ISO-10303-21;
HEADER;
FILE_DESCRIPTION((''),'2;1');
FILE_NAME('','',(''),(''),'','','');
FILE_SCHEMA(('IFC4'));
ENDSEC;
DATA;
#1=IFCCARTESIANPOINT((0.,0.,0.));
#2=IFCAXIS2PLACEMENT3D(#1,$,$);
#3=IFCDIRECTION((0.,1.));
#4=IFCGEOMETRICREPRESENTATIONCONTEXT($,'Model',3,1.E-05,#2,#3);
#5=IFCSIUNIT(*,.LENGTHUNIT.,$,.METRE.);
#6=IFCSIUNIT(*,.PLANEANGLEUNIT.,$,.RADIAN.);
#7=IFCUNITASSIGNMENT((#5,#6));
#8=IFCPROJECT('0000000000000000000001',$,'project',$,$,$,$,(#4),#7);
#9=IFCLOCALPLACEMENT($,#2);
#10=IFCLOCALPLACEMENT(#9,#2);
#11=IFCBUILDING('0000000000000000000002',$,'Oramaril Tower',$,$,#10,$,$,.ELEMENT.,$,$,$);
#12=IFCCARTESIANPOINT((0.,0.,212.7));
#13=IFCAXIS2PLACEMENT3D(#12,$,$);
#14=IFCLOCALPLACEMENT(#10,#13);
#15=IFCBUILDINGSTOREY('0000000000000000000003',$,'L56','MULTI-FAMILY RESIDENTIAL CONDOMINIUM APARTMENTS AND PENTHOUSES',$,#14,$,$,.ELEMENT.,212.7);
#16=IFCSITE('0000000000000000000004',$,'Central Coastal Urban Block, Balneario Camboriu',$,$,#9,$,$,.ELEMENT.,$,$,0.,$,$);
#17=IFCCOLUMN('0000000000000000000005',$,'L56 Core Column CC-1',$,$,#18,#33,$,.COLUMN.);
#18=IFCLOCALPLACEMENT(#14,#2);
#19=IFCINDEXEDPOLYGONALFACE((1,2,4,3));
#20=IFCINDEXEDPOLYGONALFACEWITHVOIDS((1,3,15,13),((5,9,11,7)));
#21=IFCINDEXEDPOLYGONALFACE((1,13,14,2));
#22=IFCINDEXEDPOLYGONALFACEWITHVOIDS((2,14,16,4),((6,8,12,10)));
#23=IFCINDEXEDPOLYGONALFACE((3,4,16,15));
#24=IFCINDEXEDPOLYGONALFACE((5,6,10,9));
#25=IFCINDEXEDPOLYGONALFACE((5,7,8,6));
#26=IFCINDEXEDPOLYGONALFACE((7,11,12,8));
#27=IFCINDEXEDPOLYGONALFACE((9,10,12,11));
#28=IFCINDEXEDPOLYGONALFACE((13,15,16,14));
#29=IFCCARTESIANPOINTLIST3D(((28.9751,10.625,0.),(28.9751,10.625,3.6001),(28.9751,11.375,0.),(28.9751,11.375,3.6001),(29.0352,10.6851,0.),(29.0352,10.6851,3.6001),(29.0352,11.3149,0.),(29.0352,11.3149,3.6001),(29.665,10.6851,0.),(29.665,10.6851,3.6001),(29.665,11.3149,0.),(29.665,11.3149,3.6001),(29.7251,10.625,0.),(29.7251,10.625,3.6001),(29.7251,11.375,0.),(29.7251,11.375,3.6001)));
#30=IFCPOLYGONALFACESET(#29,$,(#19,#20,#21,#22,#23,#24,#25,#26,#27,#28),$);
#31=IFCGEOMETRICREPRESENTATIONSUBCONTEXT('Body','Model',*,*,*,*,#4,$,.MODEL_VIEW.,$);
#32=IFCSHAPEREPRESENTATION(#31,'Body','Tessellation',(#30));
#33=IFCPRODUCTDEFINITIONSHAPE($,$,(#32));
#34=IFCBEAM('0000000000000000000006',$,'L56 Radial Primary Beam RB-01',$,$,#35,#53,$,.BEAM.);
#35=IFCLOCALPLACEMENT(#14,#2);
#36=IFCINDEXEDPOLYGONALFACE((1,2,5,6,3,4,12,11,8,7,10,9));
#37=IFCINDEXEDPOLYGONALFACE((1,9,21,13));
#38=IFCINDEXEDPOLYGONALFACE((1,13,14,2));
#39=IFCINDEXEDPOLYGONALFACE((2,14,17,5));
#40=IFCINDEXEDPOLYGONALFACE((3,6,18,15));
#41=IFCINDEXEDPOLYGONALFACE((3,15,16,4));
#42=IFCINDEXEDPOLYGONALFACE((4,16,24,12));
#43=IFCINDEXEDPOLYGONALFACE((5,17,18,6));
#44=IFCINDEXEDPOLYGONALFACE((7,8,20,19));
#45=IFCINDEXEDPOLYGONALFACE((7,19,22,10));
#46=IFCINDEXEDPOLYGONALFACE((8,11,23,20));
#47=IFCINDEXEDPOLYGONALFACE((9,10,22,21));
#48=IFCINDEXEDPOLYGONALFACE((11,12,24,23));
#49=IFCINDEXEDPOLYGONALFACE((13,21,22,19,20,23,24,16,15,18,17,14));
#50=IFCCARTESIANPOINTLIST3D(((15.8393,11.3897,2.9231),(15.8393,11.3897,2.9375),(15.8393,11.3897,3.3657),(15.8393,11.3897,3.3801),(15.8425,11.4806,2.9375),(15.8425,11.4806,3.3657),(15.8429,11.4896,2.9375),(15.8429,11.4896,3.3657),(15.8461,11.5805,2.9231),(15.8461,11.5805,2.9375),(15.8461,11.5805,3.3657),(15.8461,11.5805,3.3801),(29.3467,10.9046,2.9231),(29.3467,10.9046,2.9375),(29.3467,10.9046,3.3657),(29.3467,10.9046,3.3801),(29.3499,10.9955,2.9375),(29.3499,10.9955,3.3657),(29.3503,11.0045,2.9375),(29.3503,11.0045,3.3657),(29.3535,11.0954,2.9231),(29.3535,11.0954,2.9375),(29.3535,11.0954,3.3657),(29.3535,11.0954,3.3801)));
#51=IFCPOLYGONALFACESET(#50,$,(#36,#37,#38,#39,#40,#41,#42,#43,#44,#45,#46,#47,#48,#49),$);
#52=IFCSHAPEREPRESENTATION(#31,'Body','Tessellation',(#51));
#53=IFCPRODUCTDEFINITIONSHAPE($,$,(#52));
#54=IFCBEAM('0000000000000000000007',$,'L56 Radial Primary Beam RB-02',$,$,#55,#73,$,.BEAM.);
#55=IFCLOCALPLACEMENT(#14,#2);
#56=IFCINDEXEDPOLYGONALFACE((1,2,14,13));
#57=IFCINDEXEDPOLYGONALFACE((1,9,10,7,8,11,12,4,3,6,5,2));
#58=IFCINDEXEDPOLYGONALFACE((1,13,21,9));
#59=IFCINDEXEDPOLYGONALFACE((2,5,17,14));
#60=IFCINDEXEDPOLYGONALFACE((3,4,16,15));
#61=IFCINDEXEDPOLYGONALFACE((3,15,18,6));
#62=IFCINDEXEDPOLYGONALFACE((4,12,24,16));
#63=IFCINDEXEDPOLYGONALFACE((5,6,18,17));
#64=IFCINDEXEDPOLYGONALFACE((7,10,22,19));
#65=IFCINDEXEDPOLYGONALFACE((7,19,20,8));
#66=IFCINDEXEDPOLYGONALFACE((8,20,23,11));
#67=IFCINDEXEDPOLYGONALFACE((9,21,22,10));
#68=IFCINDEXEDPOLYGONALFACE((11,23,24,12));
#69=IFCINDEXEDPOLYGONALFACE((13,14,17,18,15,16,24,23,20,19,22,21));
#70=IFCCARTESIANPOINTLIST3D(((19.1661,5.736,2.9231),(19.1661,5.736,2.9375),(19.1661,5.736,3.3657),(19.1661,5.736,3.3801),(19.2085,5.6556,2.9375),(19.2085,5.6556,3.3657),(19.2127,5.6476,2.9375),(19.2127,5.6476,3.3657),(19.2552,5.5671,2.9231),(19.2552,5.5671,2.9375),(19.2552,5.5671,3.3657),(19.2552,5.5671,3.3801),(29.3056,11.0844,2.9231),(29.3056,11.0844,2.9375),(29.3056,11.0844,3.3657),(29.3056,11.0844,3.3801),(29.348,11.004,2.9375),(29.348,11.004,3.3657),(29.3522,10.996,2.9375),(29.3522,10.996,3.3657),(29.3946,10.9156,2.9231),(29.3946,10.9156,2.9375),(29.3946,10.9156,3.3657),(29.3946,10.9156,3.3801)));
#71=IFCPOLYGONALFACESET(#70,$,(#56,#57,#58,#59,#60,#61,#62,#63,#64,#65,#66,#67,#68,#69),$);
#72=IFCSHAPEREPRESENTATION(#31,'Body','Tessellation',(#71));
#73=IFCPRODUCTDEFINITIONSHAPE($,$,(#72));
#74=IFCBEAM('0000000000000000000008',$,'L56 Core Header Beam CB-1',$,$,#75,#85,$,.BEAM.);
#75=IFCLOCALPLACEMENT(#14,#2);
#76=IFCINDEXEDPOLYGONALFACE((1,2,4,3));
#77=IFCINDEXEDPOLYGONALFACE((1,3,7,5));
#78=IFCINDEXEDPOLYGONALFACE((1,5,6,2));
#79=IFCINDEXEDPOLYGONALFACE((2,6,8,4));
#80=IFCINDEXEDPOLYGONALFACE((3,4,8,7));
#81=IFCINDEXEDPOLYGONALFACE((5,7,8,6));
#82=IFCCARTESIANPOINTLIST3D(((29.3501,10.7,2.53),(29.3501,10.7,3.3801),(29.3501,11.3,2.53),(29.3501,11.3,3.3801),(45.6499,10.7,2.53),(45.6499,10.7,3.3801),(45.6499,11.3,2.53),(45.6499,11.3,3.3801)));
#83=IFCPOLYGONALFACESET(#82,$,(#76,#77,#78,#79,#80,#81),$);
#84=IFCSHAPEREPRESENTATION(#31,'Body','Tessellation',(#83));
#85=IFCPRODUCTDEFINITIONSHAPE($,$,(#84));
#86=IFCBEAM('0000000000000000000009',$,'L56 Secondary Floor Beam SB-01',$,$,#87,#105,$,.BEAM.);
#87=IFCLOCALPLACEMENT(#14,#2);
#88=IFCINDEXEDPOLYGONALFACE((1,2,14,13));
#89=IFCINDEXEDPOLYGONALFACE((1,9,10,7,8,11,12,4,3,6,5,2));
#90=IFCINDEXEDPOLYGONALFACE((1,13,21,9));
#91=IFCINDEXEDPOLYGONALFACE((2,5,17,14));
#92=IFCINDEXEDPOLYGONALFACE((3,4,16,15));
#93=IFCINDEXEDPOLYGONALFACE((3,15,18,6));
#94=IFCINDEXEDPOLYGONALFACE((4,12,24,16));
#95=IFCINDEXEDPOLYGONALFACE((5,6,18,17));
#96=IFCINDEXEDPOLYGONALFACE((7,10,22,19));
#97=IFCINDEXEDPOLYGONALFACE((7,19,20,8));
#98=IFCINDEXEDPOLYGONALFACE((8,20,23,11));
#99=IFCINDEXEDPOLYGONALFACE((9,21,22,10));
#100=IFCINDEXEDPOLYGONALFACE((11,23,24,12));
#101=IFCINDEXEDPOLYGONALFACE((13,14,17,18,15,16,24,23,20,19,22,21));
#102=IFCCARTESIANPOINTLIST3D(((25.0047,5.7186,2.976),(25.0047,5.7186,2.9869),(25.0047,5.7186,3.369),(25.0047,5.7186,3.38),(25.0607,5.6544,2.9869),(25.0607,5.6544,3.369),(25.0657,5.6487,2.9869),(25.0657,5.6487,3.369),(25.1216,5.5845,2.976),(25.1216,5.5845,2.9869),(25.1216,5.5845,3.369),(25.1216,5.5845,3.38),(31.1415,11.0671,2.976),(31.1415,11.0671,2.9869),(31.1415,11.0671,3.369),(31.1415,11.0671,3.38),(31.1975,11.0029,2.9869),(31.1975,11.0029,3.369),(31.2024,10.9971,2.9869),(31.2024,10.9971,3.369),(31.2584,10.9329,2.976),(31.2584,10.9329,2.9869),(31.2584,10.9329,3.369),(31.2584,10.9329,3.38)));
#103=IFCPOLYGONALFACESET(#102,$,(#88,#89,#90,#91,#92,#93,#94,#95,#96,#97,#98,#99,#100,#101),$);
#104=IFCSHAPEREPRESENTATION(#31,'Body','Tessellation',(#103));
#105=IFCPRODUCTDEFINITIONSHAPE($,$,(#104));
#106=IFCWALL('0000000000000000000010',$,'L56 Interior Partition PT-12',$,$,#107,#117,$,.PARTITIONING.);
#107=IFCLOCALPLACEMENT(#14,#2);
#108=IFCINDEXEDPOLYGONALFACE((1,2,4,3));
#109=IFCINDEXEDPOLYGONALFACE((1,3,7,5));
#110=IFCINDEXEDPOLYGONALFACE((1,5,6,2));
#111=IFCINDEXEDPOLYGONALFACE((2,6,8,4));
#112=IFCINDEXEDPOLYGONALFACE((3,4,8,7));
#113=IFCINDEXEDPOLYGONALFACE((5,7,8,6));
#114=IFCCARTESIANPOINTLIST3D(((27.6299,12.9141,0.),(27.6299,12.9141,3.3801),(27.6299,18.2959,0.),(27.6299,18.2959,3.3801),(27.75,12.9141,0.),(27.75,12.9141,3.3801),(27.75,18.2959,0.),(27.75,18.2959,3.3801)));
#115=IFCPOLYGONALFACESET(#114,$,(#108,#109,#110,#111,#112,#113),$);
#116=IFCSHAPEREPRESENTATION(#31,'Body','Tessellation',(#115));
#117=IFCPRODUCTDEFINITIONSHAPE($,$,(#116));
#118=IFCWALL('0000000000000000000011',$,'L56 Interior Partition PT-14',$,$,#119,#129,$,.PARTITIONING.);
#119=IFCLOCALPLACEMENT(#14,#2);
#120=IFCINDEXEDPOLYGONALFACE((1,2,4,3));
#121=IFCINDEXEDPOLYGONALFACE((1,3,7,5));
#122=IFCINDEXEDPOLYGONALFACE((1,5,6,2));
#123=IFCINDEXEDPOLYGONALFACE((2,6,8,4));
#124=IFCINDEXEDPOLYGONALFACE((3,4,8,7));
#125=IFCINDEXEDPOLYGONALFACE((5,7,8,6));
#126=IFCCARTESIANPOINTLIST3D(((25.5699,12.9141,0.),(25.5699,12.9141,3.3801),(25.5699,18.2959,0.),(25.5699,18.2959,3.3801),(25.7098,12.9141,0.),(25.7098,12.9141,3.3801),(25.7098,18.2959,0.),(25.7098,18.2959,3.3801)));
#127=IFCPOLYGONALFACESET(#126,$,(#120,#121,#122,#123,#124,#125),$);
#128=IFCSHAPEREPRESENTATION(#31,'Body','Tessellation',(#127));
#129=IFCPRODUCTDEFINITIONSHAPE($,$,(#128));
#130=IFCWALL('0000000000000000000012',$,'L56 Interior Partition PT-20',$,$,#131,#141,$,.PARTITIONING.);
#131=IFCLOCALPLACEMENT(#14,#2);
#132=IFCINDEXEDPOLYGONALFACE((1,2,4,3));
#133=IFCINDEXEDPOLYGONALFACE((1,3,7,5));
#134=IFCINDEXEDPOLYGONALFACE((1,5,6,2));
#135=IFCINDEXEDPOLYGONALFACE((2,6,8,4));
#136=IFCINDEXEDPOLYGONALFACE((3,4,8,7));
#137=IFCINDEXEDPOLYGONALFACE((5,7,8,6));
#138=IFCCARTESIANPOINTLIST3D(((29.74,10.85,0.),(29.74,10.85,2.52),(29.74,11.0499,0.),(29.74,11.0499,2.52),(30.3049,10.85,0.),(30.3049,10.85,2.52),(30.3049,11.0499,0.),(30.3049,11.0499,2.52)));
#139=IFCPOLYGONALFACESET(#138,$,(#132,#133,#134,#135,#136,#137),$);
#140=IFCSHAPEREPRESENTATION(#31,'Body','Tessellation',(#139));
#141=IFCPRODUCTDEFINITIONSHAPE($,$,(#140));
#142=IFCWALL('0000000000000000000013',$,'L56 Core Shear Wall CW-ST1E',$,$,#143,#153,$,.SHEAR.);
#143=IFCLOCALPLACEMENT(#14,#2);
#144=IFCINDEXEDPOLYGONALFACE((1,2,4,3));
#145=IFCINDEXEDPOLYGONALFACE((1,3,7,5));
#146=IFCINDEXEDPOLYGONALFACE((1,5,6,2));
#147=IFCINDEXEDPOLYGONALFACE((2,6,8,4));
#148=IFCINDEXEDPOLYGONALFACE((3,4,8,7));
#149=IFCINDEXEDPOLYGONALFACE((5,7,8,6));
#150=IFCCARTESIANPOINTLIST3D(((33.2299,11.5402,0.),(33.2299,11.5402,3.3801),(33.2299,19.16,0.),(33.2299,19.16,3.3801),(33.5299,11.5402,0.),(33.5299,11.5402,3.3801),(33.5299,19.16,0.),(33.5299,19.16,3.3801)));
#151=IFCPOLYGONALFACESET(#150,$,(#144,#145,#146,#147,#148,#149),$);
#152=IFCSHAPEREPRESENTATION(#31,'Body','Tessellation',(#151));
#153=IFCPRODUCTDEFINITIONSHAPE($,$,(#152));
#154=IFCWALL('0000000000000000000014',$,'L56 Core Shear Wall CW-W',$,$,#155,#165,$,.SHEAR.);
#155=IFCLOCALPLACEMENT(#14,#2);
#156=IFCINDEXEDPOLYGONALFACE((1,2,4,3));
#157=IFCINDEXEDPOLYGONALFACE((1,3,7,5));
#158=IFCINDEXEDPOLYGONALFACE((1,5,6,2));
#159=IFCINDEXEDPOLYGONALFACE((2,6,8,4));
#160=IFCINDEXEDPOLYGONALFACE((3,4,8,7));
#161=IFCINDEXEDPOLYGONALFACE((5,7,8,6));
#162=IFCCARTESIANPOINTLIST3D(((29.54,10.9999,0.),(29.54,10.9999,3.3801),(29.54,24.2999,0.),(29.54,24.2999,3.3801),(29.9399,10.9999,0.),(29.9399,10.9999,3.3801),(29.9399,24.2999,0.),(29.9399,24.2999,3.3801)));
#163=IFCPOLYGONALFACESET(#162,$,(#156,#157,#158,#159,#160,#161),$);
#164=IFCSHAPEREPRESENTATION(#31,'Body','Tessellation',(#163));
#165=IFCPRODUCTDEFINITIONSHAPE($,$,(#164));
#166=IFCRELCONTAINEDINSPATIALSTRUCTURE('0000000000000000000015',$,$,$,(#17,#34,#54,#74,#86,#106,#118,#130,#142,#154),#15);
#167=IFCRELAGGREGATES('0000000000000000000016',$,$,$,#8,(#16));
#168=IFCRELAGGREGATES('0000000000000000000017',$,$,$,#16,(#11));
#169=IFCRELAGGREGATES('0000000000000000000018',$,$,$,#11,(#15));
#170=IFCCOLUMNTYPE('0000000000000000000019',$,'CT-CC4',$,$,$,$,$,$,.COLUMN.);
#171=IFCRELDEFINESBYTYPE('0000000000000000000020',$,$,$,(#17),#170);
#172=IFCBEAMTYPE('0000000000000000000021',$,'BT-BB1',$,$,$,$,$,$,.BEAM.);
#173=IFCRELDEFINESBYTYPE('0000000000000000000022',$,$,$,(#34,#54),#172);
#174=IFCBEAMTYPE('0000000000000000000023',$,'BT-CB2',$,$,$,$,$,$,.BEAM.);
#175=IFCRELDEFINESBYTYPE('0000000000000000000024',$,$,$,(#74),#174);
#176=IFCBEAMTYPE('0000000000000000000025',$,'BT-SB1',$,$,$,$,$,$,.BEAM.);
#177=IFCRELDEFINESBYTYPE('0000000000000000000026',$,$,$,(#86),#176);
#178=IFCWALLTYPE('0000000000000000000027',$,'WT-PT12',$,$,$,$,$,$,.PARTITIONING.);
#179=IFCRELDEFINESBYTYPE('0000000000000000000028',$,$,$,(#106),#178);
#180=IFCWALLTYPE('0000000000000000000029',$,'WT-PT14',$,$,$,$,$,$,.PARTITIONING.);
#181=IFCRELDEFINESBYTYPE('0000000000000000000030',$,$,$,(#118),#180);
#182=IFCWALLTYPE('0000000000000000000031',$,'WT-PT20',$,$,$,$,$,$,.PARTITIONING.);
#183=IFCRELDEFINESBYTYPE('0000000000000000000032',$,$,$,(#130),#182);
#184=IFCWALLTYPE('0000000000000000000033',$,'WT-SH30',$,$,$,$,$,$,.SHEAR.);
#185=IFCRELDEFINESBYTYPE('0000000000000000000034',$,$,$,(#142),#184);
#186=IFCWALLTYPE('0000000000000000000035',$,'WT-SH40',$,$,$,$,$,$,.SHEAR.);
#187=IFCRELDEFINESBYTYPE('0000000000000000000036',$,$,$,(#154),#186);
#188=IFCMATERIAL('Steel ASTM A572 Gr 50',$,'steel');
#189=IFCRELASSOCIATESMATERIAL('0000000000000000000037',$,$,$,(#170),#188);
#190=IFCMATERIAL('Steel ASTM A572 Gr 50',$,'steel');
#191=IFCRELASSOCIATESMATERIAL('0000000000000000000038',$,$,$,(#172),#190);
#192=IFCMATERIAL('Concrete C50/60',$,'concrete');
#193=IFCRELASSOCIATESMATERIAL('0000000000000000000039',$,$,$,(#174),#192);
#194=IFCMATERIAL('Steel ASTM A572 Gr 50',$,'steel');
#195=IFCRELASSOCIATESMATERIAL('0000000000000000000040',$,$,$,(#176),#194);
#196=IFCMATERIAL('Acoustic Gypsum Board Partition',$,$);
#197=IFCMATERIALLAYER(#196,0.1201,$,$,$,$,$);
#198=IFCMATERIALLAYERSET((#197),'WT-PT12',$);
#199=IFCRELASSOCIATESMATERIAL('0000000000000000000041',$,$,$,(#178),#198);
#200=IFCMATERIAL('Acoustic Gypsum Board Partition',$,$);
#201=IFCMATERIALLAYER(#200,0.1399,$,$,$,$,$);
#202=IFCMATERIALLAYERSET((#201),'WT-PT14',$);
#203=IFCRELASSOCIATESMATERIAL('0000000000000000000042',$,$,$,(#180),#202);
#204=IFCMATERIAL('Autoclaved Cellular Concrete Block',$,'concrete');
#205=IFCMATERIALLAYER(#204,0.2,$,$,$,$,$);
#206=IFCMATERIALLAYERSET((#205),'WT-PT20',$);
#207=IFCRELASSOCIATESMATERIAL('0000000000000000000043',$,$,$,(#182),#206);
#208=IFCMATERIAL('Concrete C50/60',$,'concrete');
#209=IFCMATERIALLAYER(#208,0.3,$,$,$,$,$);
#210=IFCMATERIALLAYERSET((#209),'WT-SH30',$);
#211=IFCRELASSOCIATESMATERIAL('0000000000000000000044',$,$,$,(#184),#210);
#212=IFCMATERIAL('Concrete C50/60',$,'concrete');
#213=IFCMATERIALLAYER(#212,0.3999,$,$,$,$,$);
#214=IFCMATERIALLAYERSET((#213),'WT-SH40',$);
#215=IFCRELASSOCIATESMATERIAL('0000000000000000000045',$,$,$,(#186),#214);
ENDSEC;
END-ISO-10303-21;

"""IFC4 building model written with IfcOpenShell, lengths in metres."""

from ifc_helpers import new_model, si_unit, direction, frame, frame_2d, origin, origin_2d, place, context, subcontext, project, spatial, rectangle, hollow_rectangle, i_section, extrude, material, layer, layer_set, material_profile, profile_set, type_object, element, save


model = new_model("IFC4")

# Units and contexts
model_context = context("Model", 3, precision=1e-05, world=origin(), true_north=direction((0.0, 1.0)))
body_context = subcontext(model_context, "Body", "Model", "MODEL_VIEW")
ifc_project = project(units=[si_unit("LENGTHUNIT", "METRE"), si_unit("PLANEANGLEUNIT", "RADIAN")], contexts=[model_context])

# Site, building, storey
site_placement = place(None, origin())
site = spatial("IfcSite", under=ifc_project, at=site_placement, Name="Central Coastal Urban Block, Balneario Camboriu", CompositionType="ELEMENT", RefElevation=0.0)
building_placement = place(site_placement, origin())
building = spatial("IfcBuilding", under=site, at=building_placement, Name="Oramaril Tower", CompositionType="ELEMENT")
storey_placement = place(building_placement, frame((0.0, 0.0, 212.7)))
storey = spatial("IfcBuildingStorey", under=building, at=storey_placement, Name="L56", Description="MULTI-FAMILY RESIDENTIAL CONDOMINIUM APARTMENTS AND PENTHOUSES", CompositionType="ELEMENT", Elevation=212.7)

# Column
ifc_material_1 = material(Name="Steel ASTM A572 Gr 50", Category="steel")
ifc_material_profile_1 = material_profile(ifc_material_1, hollow_rectangle(XDim=0.75, YDim=0.75, WallThickness=0.0601, at=origin_2d()), Name="BOX750X750X60")
ifc_profile_set_1 = profile_set([ifc_material_profile_1], Name="Steel ASTM A572 Gr 50")
column_type = type_object("IfcColumnType", Name="CT-CC4", PredefinedType="COLUMN", material=ifc_profile_set_1)
column_placement = place(storey_placement, frame((29.3501, 11.0, 0.0), z_axis=(0.0, 0.0, 1.0), x_axis=(1.0, 0.0, 0.0)))
element("IfcColumn", 1, at=column_placement, inside=storey, type_object=column_type, Name="L56 Core Column CC-1", PredefinedType="COLUMN", context=body_context, shape_type="SweptSolid", body=[
    extrude(hollow_rectangle(XDim=0.75, YDim=0.75, WallThickness=0.0601, at=origin_2d()), origin(), (0.0, 0.0, 1.0), 3.6001),
])

# Beams
ifc_material_2 = material(Name="Steel ASTM A572 Gr 50", Category="steel")
ifc_material_profile_2 = material_profile(ifc_material_2, i_section(OverallWidth=0.1909, OverallDepth=0.457, WebThickness=0.009, FlangeThickness=0.0144, at=origin_2d()), Name="W18X50")
ifc_profile_set_2 = profile_set([ifc_material_profile_2], Name="Steel ASTM A572 Gr 50")
beam_type_1 = type_object("IfcBeamType", Name="BT-BB1", PredefinedType="BEAM", material=ifc_profile_set_2)
beam_1_placement = place(storey_placement, frame((29.3501, 11.0, 3.1516), z_axis=(-0.999356, 0.035891, 0.0), x_axis=(-0.035891, -0.999356, 0.0)))
element("IfcBeam", 2, at=beam_1_placement, inside=storey, type_object=beam_type_1, Name="L56 Radial Primary Beam RB-01", PredefinedType="BEAM", context=body_context, shape_type="SweptSolid", body=[
    extrude(i_section(OverallWidth=0.1909, OverallDepth=0.457, WebThickness=0.009, FlangeThickness=0.0144, at=origin_2d()), origin(), (0.0, 0.0, 1.0), 13.5161),
])
beam_2_placement = place(storey_placement, frame((29.3501, 11.0, 3.1516), z_axis=(-0.884491, -0.466556, 0.0), x_axis=(0.466556, -0.884491, 0.0)))
element("IfcBeam", 3, at=beam_2_placement, inside=storey, type_object=beam_type_1, Name="L56 Radial Primary Beam RB-02", PredefinedType="BEAM", context=body_context, shape_type="SweptSolid", body=[
    extrude(i_section(OverallWidth=0.1909, OverallDepth=0.457, WebThickness=0.009, FlangeThickness=0.0144, at=origin_2d()), origin(), (0.0, 0.0, 1.0), 11.4636),
])
ifc_material_3 = material(Name="Concrete C50/60", Category="concrete")
ifc_material_profile_3 = material_profile(ifc_material_3, rectangle(XDim=0.6001, YDim=0.8501, at=origin_2d()), Name="CB600X850")
ifc_profile_set_3 = profile_set([ifc_material_profile_3], Name="Concrete C50/60")
beam_type_2 = type_object("IfcBeamType", Name="BT-CB2", PredefinedType="BEAM", material=ifc_profile_set_3)
beam_3_placement = place(storey_placement, frame((29.3501, 11.0, 2.9551), z_axis=(1.0, 0.0, 0.0), x_axis=(0.0, 1.0, 0.0)))
element("IfcBeam", 4, at=beam_3_placement, inside=storey, type_object=beam_type_2, Name="L56 Core Header Beam CB-1", PredefinedType="BEAM", context=body_context, shape_type="SweptSolid", body=[
    extrude(rectangle(XDim=0.6001, YDim=0.8501, at=origin_2d()), origin(), (0.0, 0.0, 1.0), 16.2998),
])
ifc_material_4 = material(Name="Steel ASTM A572 Gr 50", Category="steel")
ifc_material_profile_4 = material_profile(ifc_material_4, i_section(OverallWidth=0.178, OverallDepth=0.4041, WebThickness=0.0076, FlangeThickness=0.011, at=origin_2d()), Name="W16X36")
ifc_profile_set_4 = profile_set([ifc_material_profile_4], Name="Steel ASTM A572 Gr 50")
beam_type_3 = type_object("IfcBeamType", Name="BT-SB1", PredefinedType="BEAM", material=ifc_profile_set_4)
beam_4_placement = place(storey_placement, frame((31.2, 11.0, 3.178), z_axis=(-0.753868, -0.657026, 0.0), x_axis=(0.657026, -0.753868, 0.0)))
element("IfcBeam", 5, at=beam_4_placement, inside=storey, type_object=beam_type_3, Name="L56 Secondary Floor Beam SB-01", PredefinedType="BEAM", context=body_context, shape_type="SweptSolid", body=[
    extrude(i_section(OverallWidth=0.178, OverallDepth=0.4041, WebThickness=0.0076, FlangeThickness=0.011, at=origin_2d()), origin(), (0.0, 0.0, 1.0), 8.1404),
])

# Walls
ifc_material_5 = material(Name="Acoustic Gypsum Board Partition")
ifc_layer_1 = layer(ifc_material_5, 0.1201)
ifc_layer_set_1 = layer_set([ifc_layer_1], Name="WT-PT12")
wall_type_1 = type_object("IfcWallType", Name="WT-PT12", PredefinedType="PARTITIONING", material=ifc_layer_set_1)
wall_1_placement = place(storey_placement, frame((27.6899, 12.9141, 0.0), z_axis=(0.0, 0.0, 1.0), x_axis=(0.0, 1.0, 0.0)))
element("IfcWall", 6, at=wall_1_placement, inside=storey, type_object=wall_type_1, Name="L56 Interior Partition PT-12", PredefinedType="PARTITIONING", context=body_context, shape_type="SweptSolid", body=[
    extrude(rectangle(XDim=5.3818, YDim=0.1201, at=frame_2d((2.6909, 0.0))), origin(), (0.0, 0.0, 1.0), 3.3801),
])
ifc_material_6 = material(Name="Acoustic Gypsum Board Partition")
ifc_layer_2 = layer(ifc_material_6, 0.1399)
ifc_layer_set_2 = layer_set([ifc_layer_2], Name="WT-PT14")
wall_type_2 = type_object("IfcWallType", Name="WT-PT14", PredefinedType="PARTITIONING", material=ifc_layer_set_2)
wall_2_placement = place(storey_placement, frame((25.6399, 12.9141, 0.0), z_axis=(0.0, 0.0, 1.0), x_axis=(0.0, 1.0, 0.0)))
element("IfcWall", 7, at=wall_2_placement, inside=storey, type_object=wall_type_2, Name="L56 Interior Partition PT-14", PredefinedType="PARTITIONING", context=body_context, shape_type="SweptSolid", body=[
    extrude(rectangle(XDim=5.3818, YDim=0.1399, at=frame_2d((2.6909, 0.0))), origin(), (0.0, 0.0, 1.0), 3.3801),
])
ifc_material_7 = material(Name="Autoclaved Cellular Concrete Block", Category="concrete")
ifc_layer_3 = layer(ifc_material_7, 0.2)
ifc_layer_set_3 = layer_set([ifc_layer_3], Name="WT-PT20")
wall_type_3 = type_object("IfcWallType", Name="WT-PT20", PredefinedType="PARTITIONING", material=ifc_layer_set_3)
wall_3_placement = place(storey_placement, frame((29.74, 10.95, 0.0), z_axis=(0.0, 0.0, 1.0), x_axis=(1.0, 0.0, 0.0)))
element("IfcWall", 8, at=wall_3_placement, inside=storey, type_object=wall_type_3, Name="L56 Interior Partition PT-20", PredefinedType="PARTITIONING", context=body_context, shape_type="SweptSolid", body=[
    extrude(rectangle(XDim=0.5649, YDim=0.2, at=frame_2d((0.2825, 0.0))), origin(), (0.0, 0.0, 1.0), 2.52),
])
ifc_material_8 = material(Name="Concrete C50/60", Category="concrete")
ifc_layer_4 = layer(ifc_material_8, 0.3)
ifc_layer_set_4 = layer_set([ifc_layer_4], Name="WT-SH30")
wall_type_4 = type_object("IfcWallType", Name="WT-SH30", PredefinedType="SHEAR", material=ifc_layer_set_4)
wall_4_placement = place(storey_placement, frame((33.3799, 11.54, 0.0), z_axis=(0.0, 0.0, 1.0), x_axis=(0.0, 1.0, 0.0)))
element("IfcWall", 9, at=wall_4_placement, inside=storey, type_object=wall_type_4, Name="L56 Core Shear Wall CW-ST1E", PredefinedType="SHEAR", context=body_context, shape_type="SweptSolid", body=[
    extrude(rectangle(XDim=7.6199, YDim=0.3, at=frame_2d((3.8101, 0.0))), origin(), (0.0, 0.0, 1.0), 3.3801),
])
ifc_material_9 = material(Name="Concrete C50/60", Category="concrete")
ifc_layer_5 = layer(ifc_material_9, 0.3999)
ifc_layer_set_5 = layer_set([ifc_layer_5], Name="WT-SH40")
wall_type_5 = type_object("IfcWallType", Name="WT-SH40", PredefinedType="SHEAR", material=ifc_layer_set_5)
wall_5_placement = place(storey_placement, frame((29.74, 11.0, 0.0), z_axis=(0.0, 0.0, 1.0), x_axis=(0.0, 1.0, 0.0)))
element("IfcWall", 10, at=wall_5_placement, inside=storey, type_object=wall_type_5, Name="L56 Core Shear Wall CW-W", PredefinedType="SHEAR", context=body_context, shape_type="SweptSolid", body=[
    extrude(rectangle(XDim=13.3, YDim=0.3999, at=frame_2d((6.6499, 0.0))), origin(), (0.0, 0.0, 1.0), 3.3801),
])

save(model, "model.ifc")
